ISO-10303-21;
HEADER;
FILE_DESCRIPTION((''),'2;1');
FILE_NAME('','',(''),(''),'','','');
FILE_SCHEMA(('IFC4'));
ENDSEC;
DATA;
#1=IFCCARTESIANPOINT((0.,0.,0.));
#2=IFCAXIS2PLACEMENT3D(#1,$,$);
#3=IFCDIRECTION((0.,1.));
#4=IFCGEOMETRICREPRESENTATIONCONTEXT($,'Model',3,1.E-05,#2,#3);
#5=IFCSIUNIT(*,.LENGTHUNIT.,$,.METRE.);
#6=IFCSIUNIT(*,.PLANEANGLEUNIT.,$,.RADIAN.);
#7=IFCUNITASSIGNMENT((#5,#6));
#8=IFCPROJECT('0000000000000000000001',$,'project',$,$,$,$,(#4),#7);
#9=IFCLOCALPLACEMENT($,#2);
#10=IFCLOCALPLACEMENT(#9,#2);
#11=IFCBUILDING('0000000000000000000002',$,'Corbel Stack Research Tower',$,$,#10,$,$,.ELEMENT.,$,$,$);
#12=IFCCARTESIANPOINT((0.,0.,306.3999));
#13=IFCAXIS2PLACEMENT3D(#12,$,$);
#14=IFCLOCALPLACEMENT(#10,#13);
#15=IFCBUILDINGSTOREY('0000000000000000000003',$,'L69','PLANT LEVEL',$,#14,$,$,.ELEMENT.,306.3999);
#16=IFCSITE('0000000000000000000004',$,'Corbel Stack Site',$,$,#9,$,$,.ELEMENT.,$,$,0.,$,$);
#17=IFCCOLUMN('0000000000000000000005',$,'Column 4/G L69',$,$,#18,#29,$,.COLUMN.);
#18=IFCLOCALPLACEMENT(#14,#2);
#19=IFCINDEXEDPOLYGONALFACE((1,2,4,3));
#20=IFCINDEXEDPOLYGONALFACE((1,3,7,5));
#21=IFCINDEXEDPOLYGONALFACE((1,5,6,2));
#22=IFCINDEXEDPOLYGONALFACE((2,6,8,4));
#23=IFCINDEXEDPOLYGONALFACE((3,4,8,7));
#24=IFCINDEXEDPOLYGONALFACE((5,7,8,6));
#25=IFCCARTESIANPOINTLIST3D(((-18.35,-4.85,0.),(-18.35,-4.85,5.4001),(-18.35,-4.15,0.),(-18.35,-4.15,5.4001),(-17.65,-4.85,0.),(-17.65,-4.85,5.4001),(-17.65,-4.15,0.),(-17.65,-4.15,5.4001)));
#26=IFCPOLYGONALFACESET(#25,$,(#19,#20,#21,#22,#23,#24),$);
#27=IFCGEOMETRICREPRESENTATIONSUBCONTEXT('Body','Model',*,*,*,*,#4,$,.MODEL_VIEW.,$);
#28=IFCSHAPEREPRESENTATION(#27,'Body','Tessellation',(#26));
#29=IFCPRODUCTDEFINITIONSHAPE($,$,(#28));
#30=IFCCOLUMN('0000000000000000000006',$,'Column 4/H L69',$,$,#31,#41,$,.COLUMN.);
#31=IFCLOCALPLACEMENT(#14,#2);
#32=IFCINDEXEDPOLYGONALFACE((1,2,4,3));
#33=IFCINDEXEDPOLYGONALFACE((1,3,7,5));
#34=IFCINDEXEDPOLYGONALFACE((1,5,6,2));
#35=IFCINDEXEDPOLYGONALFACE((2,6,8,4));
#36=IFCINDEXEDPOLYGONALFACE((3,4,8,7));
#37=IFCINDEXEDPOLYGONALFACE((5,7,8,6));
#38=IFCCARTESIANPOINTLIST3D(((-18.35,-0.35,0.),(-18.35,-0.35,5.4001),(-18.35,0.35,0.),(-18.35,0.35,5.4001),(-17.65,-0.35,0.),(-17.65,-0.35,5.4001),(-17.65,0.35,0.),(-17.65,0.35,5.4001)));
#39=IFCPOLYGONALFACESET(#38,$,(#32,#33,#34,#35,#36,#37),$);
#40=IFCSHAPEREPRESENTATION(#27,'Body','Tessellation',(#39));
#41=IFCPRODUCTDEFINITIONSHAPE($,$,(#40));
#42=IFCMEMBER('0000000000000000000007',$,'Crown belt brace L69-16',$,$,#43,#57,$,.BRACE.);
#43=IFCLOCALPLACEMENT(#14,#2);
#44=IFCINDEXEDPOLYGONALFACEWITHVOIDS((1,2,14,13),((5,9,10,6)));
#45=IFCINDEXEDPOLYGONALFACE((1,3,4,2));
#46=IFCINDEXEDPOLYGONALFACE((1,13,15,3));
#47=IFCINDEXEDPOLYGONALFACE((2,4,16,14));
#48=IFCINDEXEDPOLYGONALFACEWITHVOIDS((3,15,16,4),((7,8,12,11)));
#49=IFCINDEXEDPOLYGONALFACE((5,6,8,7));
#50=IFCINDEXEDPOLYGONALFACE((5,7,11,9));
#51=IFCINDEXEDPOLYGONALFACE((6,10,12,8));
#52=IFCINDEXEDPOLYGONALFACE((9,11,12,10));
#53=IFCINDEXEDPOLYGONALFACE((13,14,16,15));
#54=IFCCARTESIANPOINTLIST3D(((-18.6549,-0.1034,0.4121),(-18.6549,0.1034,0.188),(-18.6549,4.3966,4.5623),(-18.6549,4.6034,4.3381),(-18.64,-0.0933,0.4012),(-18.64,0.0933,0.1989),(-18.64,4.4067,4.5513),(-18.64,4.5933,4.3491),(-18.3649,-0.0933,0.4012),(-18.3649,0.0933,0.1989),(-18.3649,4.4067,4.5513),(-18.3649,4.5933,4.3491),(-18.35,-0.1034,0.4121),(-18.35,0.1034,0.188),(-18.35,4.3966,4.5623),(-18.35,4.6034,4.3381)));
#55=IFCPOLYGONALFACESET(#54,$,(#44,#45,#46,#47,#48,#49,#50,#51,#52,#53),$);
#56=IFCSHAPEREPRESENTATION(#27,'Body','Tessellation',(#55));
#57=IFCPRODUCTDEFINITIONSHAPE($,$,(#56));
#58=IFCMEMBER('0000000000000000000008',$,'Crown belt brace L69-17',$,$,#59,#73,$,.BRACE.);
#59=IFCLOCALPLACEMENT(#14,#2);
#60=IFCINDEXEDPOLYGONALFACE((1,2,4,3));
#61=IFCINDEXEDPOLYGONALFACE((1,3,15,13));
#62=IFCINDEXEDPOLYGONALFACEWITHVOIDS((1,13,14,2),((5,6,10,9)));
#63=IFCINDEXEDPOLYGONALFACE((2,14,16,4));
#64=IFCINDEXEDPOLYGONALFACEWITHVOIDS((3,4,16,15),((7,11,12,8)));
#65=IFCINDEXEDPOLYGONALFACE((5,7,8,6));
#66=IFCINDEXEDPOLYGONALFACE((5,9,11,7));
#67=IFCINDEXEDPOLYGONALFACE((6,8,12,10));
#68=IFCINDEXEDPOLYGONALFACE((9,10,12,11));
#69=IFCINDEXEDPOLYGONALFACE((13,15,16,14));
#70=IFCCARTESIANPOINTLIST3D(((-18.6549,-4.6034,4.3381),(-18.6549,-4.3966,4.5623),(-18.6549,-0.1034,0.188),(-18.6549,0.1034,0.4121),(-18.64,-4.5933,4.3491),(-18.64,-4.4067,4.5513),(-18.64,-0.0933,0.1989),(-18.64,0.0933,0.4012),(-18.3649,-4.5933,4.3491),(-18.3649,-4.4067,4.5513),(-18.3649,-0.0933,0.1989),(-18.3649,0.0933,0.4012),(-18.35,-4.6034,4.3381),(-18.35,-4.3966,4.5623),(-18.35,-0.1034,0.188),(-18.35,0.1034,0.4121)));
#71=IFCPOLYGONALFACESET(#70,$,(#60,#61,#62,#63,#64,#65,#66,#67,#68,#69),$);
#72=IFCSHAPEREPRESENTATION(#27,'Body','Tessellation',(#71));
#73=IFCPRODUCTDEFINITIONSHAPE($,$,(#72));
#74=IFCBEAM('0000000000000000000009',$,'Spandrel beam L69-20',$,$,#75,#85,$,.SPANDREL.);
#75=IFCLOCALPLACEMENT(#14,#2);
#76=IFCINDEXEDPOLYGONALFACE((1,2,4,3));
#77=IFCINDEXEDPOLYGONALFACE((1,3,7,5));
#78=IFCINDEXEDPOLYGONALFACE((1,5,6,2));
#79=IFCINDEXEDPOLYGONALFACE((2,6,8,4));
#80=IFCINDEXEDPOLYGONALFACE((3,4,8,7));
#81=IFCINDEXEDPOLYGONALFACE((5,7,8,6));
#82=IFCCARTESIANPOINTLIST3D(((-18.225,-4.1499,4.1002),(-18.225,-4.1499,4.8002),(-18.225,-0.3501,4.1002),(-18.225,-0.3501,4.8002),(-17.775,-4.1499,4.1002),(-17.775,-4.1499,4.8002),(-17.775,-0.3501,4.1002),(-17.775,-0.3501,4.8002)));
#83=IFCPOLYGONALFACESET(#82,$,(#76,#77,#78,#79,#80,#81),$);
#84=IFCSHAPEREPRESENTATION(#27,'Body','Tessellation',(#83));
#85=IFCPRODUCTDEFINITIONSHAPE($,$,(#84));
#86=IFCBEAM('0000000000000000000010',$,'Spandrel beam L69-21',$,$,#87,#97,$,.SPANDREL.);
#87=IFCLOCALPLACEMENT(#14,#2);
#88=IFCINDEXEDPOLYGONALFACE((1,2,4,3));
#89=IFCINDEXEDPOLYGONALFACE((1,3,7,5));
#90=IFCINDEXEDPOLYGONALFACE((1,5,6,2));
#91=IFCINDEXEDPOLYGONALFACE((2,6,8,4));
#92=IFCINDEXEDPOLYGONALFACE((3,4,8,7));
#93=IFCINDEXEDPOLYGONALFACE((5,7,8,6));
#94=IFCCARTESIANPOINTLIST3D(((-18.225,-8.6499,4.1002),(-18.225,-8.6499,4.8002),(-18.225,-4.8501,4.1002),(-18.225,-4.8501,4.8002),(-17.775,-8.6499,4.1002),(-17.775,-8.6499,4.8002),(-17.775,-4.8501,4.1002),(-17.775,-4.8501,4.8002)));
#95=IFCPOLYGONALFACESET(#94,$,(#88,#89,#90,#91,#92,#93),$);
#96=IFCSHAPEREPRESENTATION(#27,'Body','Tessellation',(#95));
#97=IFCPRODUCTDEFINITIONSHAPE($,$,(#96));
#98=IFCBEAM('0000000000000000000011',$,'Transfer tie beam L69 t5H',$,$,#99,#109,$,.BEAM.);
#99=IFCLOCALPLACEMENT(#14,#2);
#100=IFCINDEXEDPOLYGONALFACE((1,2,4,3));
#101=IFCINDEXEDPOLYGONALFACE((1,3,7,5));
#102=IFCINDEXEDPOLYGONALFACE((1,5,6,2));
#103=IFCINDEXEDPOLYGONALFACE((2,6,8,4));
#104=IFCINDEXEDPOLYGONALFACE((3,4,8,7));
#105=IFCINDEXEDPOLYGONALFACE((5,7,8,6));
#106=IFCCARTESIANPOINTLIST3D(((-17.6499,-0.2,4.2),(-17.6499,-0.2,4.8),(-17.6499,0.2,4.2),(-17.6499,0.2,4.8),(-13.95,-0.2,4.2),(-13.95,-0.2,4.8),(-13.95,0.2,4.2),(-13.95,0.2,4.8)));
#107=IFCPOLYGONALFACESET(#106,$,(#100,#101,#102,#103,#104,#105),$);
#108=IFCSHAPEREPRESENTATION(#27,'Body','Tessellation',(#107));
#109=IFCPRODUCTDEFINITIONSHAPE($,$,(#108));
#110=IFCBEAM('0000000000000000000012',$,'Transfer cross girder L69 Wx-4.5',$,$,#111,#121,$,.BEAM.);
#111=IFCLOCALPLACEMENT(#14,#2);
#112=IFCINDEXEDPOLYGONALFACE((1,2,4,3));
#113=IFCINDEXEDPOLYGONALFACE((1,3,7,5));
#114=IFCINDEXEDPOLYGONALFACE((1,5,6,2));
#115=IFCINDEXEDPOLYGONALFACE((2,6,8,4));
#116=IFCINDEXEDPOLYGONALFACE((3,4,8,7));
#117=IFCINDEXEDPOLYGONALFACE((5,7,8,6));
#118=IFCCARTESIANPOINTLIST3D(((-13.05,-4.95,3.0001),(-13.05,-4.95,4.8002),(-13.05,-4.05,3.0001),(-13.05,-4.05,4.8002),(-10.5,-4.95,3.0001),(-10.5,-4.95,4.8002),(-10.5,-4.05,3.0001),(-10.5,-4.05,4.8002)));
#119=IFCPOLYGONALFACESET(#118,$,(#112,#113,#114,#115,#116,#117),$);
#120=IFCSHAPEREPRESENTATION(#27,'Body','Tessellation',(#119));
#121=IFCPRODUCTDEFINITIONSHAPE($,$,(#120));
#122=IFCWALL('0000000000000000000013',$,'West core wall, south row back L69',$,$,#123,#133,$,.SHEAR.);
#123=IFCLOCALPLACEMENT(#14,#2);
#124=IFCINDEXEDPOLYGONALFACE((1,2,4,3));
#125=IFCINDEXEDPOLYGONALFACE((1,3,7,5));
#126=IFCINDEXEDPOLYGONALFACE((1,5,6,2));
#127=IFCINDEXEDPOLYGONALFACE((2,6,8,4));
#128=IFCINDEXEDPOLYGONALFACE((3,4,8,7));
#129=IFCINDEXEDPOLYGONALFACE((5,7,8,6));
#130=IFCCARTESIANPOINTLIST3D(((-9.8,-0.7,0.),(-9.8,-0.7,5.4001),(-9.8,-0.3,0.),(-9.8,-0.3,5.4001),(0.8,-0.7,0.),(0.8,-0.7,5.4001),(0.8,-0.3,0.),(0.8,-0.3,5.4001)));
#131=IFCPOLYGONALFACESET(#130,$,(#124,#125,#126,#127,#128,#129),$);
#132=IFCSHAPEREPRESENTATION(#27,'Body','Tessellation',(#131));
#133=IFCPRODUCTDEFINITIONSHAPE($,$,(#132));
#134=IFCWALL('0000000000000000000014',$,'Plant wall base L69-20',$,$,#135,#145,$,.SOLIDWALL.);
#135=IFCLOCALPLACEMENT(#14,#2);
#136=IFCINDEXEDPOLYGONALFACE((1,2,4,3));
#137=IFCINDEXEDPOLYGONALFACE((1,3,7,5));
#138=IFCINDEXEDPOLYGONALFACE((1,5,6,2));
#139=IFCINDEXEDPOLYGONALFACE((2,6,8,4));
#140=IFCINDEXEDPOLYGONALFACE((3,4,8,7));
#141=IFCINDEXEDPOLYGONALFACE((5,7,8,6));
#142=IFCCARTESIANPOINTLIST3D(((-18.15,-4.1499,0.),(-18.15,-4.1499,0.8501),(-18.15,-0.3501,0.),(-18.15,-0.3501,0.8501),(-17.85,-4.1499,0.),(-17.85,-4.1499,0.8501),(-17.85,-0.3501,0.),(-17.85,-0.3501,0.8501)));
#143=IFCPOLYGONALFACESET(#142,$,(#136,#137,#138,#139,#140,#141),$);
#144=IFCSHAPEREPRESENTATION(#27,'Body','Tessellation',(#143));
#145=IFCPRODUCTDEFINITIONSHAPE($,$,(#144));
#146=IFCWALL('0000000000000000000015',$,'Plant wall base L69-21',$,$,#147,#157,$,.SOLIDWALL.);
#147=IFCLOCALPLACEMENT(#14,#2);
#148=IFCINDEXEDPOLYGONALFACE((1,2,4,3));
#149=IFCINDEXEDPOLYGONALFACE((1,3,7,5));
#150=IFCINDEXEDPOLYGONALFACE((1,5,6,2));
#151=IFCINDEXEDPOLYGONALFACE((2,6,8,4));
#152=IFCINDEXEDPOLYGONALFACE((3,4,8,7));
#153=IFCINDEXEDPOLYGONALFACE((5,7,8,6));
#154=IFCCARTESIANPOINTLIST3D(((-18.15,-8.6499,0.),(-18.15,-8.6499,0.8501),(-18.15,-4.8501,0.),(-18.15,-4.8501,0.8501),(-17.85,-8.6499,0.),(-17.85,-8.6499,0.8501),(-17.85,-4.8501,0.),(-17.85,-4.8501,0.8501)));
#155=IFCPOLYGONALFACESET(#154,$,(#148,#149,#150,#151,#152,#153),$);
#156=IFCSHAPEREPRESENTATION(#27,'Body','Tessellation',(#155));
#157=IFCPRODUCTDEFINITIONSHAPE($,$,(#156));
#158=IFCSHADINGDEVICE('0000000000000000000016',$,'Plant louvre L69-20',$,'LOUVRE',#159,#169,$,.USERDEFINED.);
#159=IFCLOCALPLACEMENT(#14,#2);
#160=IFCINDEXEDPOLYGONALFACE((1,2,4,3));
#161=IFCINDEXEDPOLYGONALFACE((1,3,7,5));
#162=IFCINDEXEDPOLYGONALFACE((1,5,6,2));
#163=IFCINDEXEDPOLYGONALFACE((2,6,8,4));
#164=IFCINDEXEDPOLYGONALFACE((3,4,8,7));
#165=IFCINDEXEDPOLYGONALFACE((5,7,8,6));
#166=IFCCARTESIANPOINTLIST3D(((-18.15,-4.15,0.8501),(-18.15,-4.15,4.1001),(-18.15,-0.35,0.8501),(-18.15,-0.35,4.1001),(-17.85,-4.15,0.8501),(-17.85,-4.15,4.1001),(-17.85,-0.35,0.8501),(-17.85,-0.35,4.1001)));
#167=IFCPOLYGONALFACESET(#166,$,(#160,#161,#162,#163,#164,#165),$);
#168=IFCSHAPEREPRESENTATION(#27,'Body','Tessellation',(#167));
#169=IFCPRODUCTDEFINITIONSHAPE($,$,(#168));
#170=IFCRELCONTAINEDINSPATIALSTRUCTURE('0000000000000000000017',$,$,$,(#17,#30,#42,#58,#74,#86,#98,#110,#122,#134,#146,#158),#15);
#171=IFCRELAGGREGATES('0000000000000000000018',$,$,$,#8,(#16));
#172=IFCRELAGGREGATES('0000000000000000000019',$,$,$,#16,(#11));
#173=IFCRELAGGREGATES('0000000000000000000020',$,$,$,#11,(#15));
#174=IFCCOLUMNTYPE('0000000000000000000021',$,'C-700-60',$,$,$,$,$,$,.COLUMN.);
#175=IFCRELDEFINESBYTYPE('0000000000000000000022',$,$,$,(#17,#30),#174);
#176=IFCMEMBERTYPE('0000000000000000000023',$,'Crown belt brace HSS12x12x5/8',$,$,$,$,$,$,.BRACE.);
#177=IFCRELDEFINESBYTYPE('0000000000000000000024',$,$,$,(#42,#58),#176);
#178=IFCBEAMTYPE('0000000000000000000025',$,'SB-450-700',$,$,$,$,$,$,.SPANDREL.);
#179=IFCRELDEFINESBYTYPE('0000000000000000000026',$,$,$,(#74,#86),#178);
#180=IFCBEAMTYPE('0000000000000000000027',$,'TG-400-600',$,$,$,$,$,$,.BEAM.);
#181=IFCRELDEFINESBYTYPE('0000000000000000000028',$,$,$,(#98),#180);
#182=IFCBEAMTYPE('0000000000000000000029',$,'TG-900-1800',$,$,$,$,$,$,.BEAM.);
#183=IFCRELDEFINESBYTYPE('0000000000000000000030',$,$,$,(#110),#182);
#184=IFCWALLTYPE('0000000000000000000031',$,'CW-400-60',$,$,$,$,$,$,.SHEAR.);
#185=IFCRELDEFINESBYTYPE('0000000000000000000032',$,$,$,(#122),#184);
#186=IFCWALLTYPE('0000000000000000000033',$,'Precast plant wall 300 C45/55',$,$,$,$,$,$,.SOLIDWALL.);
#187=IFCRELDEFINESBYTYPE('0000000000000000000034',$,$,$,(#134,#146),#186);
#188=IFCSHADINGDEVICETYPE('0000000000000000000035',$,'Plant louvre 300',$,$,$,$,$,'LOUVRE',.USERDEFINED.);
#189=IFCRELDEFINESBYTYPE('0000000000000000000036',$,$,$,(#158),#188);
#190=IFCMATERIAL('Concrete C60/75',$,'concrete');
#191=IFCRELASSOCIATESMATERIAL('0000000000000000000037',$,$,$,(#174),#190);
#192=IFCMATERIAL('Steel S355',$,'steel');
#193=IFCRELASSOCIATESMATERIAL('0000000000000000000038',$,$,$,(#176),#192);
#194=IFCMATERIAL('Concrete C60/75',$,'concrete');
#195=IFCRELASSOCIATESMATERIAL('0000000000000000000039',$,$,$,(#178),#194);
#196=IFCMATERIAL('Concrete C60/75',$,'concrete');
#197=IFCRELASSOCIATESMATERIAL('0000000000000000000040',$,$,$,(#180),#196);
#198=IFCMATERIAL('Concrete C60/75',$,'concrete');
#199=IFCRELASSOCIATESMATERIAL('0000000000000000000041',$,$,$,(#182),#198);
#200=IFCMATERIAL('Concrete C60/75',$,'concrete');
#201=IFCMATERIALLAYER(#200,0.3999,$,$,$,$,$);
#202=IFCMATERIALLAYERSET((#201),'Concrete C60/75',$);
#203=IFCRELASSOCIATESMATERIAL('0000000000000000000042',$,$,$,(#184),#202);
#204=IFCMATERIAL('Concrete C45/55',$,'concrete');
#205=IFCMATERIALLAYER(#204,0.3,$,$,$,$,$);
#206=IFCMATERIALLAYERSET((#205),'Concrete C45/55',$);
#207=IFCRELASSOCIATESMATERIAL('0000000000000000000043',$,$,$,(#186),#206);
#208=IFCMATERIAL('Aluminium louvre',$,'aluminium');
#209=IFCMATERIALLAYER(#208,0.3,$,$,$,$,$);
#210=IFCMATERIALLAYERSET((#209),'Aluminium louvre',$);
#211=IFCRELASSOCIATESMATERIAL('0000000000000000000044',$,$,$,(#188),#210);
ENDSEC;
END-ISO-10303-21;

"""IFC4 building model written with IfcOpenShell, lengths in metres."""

from ifc_helpers import new_model, si_unit, direction, frame, frame_2d, origin, origin_2d, place, context, subcontext, project, spatial, rectangle, hollow_rectangle, extrude, material, layer, layer_set, material_profile, profile_set, type_object, element, save


model = new_model("IFC4")

# Units and contexts
model_context = context("Model", 3, precision=1e-05, world=origin(), true_north=direction((0.0, 1.0)))
body_context = subcontext(model_context, "Body", "Model", "MODEL_VIEW")
ifc_project = project(units=[si_unit("LENGTHUNIT", "METRE"), si_unit("PLANEANGLEUNIT", "RADIAN")], contexts=[model_context])

# Site, building, storey
site_placement = place(None, origin())
site = spatial("IfcSite", under=ifc_project, at=site_placement, Name="Corbel Stack Site", CompositionType="ELEMENT", RefElevation=0.0)
building_placement = place(site_placement, origin())
building = spatial("IfcBuilding", under=site, at=building_placement, Name="Corbel Stack Research Tower", CompositionType="ELEMENT")
storey_placement = place(building_placement, frame((0.0, 0.0, 306.3999)))
storey = spatial("IfcBuildingStorey", under=building, at=storey_placement, Name="L69", Description="PLANT LEVEL", CompositionType="ELEMENT", Elevation=306.3999)

# Columns
ifc_material_1 = material(Name="Concrete C60/75", Category="concrete")
ifc_material_profile_1 = material_profile(ifc_material_1, rectangle(XDim=0.7, YDim=0.7, at=origin_2d()), Name="RC 700 x 700")
ifc_profile_set_1 = profile_set([ifc_material_profile_1], Name="Concrete C60/75")
column_type = type_object("IfcColumnType", Name="C-700-60", PredefinedType="COLUMN", material=ifc_profile_set_1)
for number, where, z_axis, x_axis, name in (
    (1, (-18.0, -4.5, 0.0), (0.0, 0.0, 1.0), (1.0, 0.0, 0.0), "Column 4/G L69"),
    (2, (-18.0, 0.0, 0.0), (0.0, 0.0, 1.0), (1.0, 0.0, 0.0), "Column 4/H L69"),
):
    element("IfcColumn", number, at=place(storey_placement, frame(where, z_axis=z_axis, x_axis=x_axis)), inside=storey, type_object=column_type, Name=name, PredefinedType="COLUMN", context=body_context, shape_type="SweptSolid", body=[
        extrude(rectangle(XDim=0.7, YDim=0.7, at=origin_2d()), origin(), (0.0, 0.0, 1.0), 5.4001),
    ])

# Members
ifc_material_2 = material(Name="Steel S355", Category="steel")
ifc_material_profile_2 = material_profile(ifc_material_2, hollow_rectangle(XDim=0.3049, YDim=0.3049, WallThickness=0.0149, at=origin_2d()), Name="HSS12x12x5/8")
ifc_profile_set_2 = profile_set([ifc_material_profile_2], Name="Steel S355")
member_type = type_object("IfcMemberType", Name="Crown belt brace HSS12x12x5/8", PredefinedType="BRACE", material=ifc_profile_set_2)
for number, where, z_axis, x_axis, name in (
    (3, (-18.5024, 0.0, 0.3), (0.0, 0.735105, 0.677954), (-1.0, 0.0, 0.0), "Crown belt brace L69-16"),
    (4, (-18.5024, 0.0, 0.3), (0.0, -0.735105, 0.677954), (1.0, 0.0, 0.0), "Crown belt brace L69-17"),
):
    element("IfcMember", number, at=place(storey_placement, frame(where, z_axis=z_axis, x_axis=x_axis)), inside=storey, type_object=member_type, Name=name, PredefinedType="BRACE", context=body_context, shape_type="SweptSolid", body=[
        extrude(hollow_rectangle(XDim=0.3049, YDim=0.3049, WallThickness=0.0149, at=origin_2d()), origin(), (0.0, 0.0, 1.0), 6.1216),
    ])

# Beams
ifc_material_3 = material(Name="Concrete C60/75", Category="concrete")
ifc_material_profile_3 = material_profile(ifc_material_3, rectangle(XDim=0.45, YDim=0.7, at=origin_2d()), Name="RC 450 x 700")
ifc_profile_set_3 = profile_set([ifc_material_profile_3], Name="Concrete C60/75")
beam_type_1 = type_object("IfcBeamType", Name="SB-450-700", PredefinedType="SPANDREL", material=ifc_profile_set_3)
for number, where, z_axis, x_axis, name in (
    (5, (-18.0, -0.3501, 4.4502), (0.0, -1.0, 0.0), (1.0, 0.0, 0.0), "Spandrel beam L69-20"),
    (6, (-18.0, -4.8501, 4.4502), (0.0, -1.0, 0.0), (1.0, 0.0, 0.0), "Spandrel beam L69-21"),
):
    element("IfcBeam", number, at=place(storey_placement, frame(where, z_axis=z_axis, x_axis=x_axis)), inside=storey, type_object=beam_type_1, Name=name, PredefinedType="SPANDREL", context=body_context, shape_type="SweptSolid", body=[
        extrude(rectangle(XDim=0.45, YDim=0.7, at=origin_2d()), origin(), (0.0, 0.0, 1.0), 3.7998),
    ])
ifc_material_4 = material(Name="Concrete C60/75", Category="concrete")
ifc_material_profile_4 = material_profile(ifc_material_4, rectangle(XDim=0.3999, YDim=0.6001, at=origin_2d()), Name="RC 400 x 600")
ifc_profile_set_4 = profile_set([ifc_material_profile_4], Name="Concrete C60/75")
beam_type_2 = type_object("IfcBeamType", Name="TG-400-600", PredefinedType="BEAM", material=ifc_profile_set_4)
beam_1_placement = place(storey_placement, frame((-13.95, 0.0, 4.5), z_axis=(-1.0, 0.0, 0.0), x_axis=(0.0, -1.0, 0.0)))
element("IfcBeam", 7, at=beam_1_placement, inside=storey, type_object=beam_type_2, Name="Transfer tie beam L69 t5H", PredefinedType="BEAM", context=body_context, shape_type="SweptSolid", body=[
    extrude(rectangle(XDim=0.3999, YDim=0.6001, at=origin_2d()), origin(), (0.0, 0.0, 1.0), 3.7),
])
ifc_material_5 = material(Name="Concrete C60/75", Category="concrete")
ifc_material_profile_5 = material_profile(ifc_material_5, rectangle(XDim=0.8999, YDim=1.8, at=origin_2d()), Name="RC 900 x 1800")
ifc_profile_set_5 = profile_set([ifc_material_profile_5], Name="Concrete C60/75")
beam_type_3 = type_object("IfcBeamType", Name="TG-900-1800", PredefinedType="BEAM", material=ifc_profile_set_5)
beam_2_placement = place(storey_placement, frame((-13.05, -4.5, 3.9001), z_axis=(1.0, 0.0, 0.0), x_axis=(0.0, 1.0, 0.0)))
element("IfcBeam", 8, at=beam_2_placement, inside=storey, type_object=beam_type_3, Name="Transfer cross girder L69 Wx-4.5", PredefinedType="BEAM", context=body_context, shape_type="SweptSolid", body=[
    extrude(rectangle(XDim=0.8999, YDim=1.8, at=origin_2d()), origin(), (0.0, 0.0, 1.0), 2.55),
])

# Walls
ifc_material_6 = material(Name="Concrete C60/75", Category="concrete")
ifc_layer_1 = layer(ifc_material_6, 0.3999)
ifc_layer_set_1 = layer_set([ifc_layer_1], Name="Concrete C60/75")
wall_type_1 = type_object("IfcWallType", Name="CW-400-60", PredefinedType="SHEAR", material=ifc_layer_set_1)
wall_placement = place(storey_placement, frame((-9.8, -0.5, 0.0), z_axis=(0.0, 0.0, 1.0), x_axis=(1.0, 0.0, 0.0)))
element("IfcWall", 9, at=wall_placement, inside=storey, type_object=wall_type_1, Name="West core wall, south row back L69", PredefinedType="SHEAR", context=body_context, shape_type="SweptSolid", body=[
    extrude(rectangle(XDim=10.6001, YDim=0.3999, at=frame_2d((5.3, 0.0))), origin(), (0.0, 0.0, 1.0), 5.4001),
])
ifc_material_7 = material(Name="Concrete C45/55", Category="concrete")
ifc_layer_2 = layer(ifc_material_7, 0.3)
ifc_layer_set_2 = layer_set([ifc_layer_2], Name="Concrete C45/55")
wall_type_2 = type_object("IfcWallType", Name="Precast plant wall 300 C45/55", PredefinedType="SOLIDWALL", material=ifc_layer_set_2)
for number, where, z_axis, x_axis, name in (
    (10, (-18.0, -0.3501, 0.0), (0.0, 0.0, 1.0), (0.0, -1.0, 0.0), "Plant wall base L69-20"),
    (11, (-18.0, -4.8501, 0.0), (0.0, 0.0, 1.0), (0.0, -1.0, 0.0), "Plant wall base L69-21"),
):
    element("IfcWall", number, at=place(storey_placement, frame(where, z_axis=z_axis, x_axis=x_axis)), inside=storey, type_object=wall_type_2, Name=name, PredefinedType="SOLIDWALL", context=body_context, shape_type="SweptSolid", body=[
        extrude(rectangle(XDim=3.7998, YDim=0.3, at=frame_2d((1.8999, 0.0))), origin(), (0.0, 0.0, 1.0), 0.8501),
    ])

# Shading device
ifc_material_8 = material(Name="Aluminium louvre", Category="aluminium")
ifc_layer_3 = layer(ifc_material_8, 0.3)
ifc_layer_set_3 = layer_set([ifc_layer_3], Name="Aluminium louvre")
shading_device_type = type_object("IfcShadingDeviceType", Name="Plant louvre 300", ElementType="LOUVRE", PredefinedType="USERDEFINED", material=ifc_layer_set_3)
shading_device_placement = place(storey_placement, frame((-18.0, -2.25, 0.8501), z_axis=(0.0, 0.0, 1.0), x_axis=(0.0, -1.0, 0.0)))
element("IfcShadingDevice", 12, at=shading_device_placement, inside=storey, type_object=shading_device_type, Name="Plant louvre L69-20", ObjectType="LOUVRE", PredefinedType="USERDEFINED", context=body_context, shape_type="SweptSolid", body=[
    extrude(rectangle(XDim=3.8, YDim=0.3, at=origin_2d()), origin(), (0.0, 0.0, 1.0), 3.25),
])

save(model, "model.ifc")
